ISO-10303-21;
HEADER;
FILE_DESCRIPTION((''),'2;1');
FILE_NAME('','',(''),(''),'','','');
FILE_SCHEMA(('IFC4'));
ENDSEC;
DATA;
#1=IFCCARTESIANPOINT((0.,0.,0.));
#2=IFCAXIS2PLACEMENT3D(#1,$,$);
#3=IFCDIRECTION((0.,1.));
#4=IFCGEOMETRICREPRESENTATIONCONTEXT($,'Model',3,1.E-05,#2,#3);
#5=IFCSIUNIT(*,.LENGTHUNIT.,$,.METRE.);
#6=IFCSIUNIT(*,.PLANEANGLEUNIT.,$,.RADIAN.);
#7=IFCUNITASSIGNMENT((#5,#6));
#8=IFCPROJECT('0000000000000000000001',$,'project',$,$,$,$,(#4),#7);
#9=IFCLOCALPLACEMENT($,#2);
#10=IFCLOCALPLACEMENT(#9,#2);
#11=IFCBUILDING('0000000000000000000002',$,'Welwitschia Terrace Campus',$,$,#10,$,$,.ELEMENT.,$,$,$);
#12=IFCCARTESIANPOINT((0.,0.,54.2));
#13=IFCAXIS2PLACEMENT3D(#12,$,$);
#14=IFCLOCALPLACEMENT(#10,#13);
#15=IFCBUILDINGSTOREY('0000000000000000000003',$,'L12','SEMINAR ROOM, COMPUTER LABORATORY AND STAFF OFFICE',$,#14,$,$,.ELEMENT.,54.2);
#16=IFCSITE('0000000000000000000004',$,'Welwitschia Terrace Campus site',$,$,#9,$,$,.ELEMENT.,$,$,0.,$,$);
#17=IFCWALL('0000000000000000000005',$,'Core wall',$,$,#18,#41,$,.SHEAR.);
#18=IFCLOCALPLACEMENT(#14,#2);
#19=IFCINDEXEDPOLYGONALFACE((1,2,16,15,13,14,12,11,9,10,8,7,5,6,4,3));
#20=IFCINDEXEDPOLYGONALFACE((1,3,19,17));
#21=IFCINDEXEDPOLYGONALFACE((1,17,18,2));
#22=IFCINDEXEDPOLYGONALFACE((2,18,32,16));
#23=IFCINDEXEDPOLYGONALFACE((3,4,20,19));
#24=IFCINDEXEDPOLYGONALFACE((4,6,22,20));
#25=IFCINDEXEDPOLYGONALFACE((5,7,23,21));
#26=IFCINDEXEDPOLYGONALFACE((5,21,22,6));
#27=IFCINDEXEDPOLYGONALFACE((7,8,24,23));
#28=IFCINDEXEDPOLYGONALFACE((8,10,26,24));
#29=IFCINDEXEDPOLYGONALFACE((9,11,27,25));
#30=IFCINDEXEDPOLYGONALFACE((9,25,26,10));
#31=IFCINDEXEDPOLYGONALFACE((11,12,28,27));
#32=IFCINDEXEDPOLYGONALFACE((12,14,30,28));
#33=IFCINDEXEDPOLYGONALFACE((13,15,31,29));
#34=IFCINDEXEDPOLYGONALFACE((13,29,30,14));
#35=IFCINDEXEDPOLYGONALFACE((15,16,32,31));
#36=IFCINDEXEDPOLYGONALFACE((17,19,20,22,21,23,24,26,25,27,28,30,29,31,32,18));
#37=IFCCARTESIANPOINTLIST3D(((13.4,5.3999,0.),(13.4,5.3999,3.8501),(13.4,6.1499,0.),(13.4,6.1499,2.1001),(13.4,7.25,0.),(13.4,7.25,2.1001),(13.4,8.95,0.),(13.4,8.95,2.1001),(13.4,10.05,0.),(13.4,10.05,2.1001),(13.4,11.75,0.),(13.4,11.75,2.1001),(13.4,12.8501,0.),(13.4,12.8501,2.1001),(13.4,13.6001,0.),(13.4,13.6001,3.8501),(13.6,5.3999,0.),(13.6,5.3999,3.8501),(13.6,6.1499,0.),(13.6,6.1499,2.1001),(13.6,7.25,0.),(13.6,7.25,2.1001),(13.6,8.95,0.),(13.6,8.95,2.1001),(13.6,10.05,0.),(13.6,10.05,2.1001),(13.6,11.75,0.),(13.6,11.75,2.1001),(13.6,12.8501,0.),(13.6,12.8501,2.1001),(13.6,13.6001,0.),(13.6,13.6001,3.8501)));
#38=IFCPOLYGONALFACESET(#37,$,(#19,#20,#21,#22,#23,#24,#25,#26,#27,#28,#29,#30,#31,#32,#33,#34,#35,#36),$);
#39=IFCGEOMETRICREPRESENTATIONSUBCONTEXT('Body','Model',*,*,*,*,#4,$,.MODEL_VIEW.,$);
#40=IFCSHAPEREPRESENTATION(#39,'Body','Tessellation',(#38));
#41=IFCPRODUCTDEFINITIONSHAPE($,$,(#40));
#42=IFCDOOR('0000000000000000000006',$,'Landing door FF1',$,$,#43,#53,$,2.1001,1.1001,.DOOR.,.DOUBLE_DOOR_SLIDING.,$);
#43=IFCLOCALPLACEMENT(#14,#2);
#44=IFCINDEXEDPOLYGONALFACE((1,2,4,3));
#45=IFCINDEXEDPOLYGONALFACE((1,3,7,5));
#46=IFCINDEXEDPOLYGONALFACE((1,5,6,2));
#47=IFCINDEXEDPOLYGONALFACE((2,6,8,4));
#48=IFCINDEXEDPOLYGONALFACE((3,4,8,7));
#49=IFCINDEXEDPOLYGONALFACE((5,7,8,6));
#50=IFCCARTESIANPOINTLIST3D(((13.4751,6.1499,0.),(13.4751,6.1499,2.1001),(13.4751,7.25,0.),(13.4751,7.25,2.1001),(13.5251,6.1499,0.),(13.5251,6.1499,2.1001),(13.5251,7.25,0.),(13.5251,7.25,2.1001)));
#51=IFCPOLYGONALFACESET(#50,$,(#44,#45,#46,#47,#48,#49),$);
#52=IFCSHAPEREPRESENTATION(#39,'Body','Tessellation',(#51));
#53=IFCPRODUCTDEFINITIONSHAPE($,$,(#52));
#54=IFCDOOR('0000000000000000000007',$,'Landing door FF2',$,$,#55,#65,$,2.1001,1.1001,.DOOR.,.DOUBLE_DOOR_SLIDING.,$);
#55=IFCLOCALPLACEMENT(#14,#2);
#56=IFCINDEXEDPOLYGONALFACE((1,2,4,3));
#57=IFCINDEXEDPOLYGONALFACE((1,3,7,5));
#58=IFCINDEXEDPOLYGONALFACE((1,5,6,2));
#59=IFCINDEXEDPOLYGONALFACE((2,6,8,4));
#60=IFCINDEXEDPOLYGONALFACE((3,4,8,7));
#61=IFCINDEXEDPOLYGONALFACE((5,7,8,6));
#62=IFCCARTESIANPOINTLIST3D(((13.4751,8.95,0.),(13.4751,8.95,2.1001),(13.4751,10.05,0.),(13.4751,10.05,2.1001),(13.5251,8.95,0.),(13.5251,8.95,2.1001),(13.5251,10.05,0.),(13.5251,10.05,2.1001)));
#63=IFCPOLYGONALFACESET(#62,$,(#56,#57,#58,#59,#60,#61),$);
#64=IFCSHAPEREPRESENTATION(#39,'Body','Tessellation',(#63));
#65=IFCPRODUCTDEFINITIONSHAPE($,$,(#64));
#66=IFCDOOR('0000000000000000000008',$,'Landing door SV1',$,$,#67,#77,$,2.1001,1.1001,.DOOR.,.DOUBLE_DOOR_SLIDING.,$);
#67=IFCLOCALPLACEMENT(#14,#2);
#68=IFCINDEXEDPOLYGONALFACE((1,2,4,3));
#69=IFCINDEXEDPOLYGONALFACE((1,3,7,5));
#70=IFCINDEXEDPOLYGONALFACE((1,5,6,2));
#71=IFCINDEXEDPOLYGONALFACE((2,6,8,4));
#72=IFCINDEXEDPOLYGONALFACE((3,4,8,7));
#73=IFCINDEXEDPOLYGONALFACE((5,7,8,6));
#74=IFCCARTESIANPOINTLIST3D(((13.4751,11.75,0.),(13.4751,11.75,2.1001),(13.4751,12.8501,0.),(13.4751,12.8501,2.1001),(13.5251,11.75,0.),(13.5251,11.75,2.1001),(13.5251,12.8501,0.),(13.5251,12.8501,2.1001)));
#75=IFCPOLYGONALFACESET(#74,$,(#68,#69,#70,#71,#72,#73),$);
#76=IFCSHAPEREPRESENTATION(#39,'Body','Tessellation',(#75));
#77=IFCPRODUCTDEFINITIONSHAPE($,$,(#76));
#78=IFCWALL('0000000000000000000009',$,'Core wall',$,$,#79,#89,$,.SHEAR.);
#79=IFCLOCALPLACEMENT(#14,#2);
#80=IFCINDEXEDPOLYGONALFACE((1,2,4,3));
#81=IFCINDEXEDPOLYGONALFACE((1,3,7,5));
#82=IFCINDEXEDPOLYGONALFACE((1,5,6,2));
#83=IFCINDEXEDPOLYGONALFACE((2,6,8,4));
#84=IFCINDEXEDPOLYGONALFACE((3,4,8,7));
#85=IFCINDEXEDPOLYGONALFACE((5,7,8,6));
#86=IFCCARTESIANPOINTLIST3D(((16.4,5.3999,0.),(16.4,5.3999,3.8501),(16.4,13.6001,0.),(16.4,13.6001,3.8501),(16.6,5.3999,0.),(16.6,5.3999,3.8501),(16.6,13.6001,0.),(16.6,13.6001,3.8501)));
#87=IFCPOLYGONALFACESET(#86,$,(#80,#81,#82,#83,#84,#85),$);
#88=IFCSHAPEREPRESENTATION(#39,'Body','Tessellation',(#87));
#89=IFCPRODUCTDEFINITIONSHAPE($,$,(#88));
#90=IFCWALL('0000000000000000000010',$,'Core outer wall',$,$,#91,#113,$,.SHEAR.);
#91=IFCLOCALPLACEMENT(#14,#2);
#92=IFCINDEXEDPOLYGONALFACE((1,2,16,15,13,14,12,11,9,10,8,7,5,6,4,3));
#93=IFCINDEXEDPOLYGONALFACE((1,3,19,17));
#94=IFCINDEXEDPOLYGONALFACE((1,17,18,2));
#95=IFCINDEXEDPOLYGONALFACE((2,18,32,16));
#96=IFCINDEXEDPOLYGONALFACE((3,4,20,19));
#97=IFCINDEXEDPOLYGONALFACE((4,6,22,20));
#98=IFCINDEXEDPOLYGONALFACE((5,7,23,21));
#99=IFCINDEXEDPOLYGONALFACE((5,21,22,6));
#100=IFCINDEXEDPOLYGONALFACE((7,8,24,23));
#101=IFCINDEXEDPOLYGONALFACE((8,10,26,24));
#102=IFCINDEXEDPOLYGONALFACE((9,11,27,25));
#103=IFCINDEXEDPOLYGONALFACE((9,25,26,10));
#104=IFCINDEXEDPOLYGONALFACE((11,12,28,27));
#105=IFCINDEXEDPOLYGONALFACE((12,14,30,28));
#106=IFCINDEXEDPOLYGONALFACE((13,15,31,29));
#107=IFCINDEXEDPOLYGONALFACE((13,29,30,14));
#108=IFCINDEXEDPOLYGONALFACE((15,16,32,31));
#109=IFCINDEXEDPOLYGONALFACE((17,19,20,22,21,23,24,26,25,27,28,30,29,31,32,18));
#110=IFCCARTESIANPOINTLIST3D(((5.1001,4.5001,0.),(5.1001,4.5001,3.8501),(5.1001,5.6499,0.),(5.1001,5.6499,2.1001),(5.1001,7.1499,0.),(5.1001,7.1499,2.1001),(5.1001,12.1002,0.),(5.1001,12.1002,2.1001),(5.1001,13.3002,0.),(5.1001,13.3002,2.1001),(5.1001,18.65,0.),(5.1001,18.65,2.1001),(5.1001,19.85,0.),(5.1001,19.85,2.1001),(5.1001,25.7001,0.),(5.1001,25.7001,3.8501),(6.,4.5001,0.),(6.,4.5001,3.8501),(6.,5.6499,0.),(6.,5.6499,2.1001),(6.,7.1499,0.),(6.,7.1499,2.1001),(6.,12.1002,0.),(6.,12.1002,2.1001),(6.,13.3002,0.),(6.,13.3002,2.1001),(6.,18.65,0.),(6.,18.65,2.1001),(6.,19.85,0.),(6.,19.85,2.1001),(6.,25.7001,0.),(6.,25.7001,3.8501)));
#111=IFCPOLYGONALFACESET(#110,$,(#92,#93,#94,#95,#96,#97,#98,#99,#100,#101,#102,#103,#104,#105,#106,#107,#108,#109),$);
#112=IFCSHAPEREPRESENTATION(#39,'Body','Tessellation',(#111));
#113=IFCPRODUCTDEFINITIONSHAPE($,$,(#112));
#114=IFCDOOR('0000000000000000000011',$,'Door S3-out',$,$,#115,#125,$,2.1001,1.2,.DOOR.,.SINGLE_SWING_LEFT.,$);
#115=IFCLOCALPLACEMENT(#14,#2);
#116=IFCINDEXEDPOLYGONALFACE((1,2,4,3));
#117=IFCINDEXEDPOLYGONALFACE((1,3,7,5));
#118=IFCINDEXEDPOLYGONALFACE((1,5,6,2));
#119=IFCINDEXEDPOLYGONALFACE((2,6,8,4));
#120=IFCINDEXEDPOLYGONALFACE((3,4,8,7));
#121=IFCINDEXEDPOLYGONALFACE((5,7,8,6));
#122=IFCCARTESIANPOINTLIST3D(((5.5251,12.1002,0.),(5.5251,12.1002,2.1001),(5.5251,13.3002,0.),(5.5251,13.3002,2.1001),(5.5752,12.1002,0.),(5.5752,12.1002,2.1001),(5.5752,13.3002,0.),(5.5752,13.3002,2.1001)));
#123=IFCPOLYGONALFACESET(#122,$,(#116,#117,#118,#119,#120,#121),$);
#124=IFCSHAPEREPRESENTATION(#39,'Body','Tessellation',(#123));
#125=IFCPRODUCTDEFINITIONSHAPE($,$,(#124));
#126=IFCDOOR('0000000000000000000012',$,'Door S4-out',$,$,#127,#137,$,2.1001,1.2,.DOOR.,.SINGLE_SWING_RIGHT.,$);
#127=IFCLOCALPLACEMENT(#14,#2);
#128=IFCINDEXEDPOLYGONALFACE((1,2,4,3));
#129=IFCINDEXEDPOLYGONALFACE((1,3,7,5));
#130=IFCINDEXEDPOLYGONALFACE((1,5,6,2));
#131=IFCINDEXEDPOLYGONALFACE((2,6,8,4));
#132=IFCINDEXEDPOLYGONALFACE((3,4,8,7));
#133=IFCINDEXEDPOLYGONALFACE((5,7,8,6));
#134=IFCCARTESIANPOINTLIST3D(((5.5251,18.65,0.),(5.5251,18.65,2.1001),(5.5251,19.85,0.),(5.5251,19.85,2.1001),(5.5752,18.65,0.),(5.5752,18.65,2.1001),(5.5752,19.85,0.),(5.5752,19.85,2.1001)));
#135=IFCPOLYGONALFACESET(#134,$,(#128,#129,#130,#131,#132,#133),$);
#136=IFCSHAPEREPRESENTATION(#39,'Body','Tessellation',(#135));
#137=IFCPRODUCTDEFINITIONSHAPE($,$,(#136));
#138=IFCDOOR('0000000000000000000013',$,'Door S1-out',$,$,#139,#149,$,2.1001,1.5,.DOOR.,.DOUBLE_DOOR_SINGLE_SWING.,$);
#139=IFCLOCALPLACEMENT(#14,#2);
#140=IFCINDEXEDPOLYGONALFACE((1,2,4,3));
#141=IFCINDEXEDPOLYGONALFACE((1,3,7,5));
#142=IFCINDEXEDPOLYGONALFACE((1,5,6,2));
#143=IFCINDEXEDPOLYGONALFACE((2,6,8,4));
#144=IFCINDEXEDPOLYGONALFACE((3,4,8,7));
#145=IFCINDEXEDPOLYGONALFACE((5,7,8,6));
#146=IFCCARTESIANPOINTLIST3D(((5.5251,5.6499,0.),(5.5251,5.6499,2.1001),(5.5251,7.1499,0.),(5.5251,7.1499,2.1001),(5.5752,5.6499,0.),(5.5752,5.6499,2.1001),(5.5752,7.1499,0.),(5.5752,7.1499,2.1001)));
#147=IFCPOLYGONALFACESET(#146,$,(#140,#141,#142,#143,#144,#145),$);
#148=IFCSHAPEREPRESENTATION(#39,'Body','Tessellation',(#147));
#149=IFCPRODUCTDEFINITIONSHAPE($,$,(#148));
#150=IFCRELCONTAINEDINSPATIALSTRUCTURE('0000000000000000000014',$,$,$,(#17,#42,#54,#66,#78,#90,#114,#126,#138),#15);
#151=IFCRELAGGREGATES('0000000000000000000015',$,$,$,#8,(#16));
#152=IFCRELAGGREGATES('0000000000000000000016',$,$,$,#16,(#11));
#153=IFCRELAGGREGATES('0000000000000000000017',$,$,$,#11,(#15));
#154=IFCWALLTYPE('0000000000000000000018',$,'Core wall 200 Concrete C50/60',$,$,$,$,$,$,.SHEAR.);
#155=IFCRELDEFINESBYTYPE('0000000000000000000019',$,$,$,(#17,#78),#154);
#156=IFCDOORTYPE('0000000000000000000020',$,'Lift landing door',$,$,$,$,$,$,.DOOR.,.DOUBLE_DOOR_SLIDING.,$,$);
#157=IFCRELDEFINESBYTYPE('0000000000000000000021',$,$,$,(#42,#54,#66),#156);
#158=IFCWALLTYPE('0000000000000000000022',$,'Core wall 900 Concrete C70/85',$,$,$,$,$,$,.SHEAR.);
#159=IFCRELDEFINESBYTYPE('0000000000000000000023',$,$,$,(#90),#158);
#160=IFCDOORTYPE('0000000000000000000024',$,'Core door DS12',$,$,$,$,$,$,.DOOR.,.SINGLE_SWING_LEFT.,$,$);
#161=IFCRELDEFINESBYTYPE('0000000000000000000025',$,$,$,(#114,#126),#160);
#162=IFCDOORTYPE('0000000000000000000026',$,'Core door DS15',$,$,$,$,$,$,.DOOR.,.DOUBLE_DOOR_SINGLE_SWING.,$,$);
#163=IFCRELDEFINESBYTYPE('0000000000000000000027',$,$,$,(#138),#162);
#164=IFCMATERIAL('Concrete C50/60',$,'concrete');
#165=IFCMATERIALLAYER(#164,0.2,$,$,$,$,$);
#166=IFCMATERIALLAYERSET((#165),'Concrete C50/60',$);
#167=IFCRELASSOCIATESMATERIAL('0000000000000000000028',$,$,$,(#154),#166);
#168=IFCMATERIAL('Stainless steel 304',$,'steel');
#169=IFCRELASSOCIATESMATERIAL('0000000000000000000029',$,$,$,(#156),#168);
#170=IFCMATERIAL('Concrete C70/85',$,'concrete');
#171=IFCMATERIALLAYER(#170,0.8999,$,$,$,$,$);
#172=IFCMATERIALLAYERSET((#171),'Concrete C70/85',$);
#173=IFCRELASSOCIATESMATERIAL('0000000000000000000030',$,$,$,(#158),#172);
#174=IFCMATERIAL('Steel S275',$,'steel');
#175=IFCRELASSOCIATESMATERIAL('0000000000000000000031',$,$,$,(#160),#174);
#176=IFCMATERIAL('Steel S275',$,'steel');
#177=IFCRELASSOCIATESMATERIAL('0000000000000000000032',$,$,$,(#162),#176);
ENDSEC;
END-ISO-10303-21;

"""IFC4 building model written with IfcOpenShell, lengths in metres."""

from ifc_helpers import new_model, si_unit, direction, frame, frame_2d, origin, place, context, subcontext, project, spatial, rectangle, extrude, material, layer, layer_set, type_object, element, fill, save


model = new_model("IFC4")

# Units and contexts
model_context = context("Model", 3, precision=1e-05, world=origin(), true_north=direction((0.0, 1.0)))
body_context = subcontext(model_context, "Body", "Model", "MODEL_VIEW")
ifc_project = project(units=[si_unit("LENGTHUNIT", "METRE"), si_unit("PLANEANGLEUNIT", "RADIAN")], contexts=[model_context])

# Site, building, storey
site_placement = place(None, origin())
site = spatial("IfcSite", under=ifc_project, at=site_placement, Name="Welwitschia Terrace Campus site", CompositionType="ELEMENT", RefElevation=0.0)
building_placement = place(site_placement, origin())
building = spatial("IfcBuilding", under=site, at=building_placement, Name="Welwitschia Terrace Campus", CompositionType="ELEMENT")
storey_placement = place(building_placement, frame((0.0, 0.0, 54.2)))
storey = spatial("IfcBuildingStorey", under=building, at=storey_placement, Name="L12", Description="SEMINAR ROOM, COMPUTER LABORATORY AND STAFF OFFICE", CompositionType="ELEMENT", Elevation=54.2)

# Wall, openings, doors
ifc_material_1 = material(Name="Concrete C50/60", Category="concrete")
ifc_layer_1 = layer(ifc_material_1, 0.2)
ifc_layer_set_1 = layer_set([ifc_layer_1], Name="Concrete C50/60")
wall_type_1 = type_object("IfcWallType", Name="Core wall 200 Concrete C50/60", PredefinedType="SHEAR", material=ifc_layer_set_1)
wall_1_placement = place(storey_placement, frame((13.5, 5.3999, 0.0), z_axis=(0.0, 0.0, 1.0), x_axis=(0.0, 1.0, 0.0)))
wall_1 = element("IfcWall", 1, at=wall_1_placement, inside=storey, type_object=wall_type_1, Name="Core wall", PredefinedType="SHEAR", context=body_context, shape_type="SweptSolid", body=[
    extrude(rectangle(XDim=8.2002, YDim=0.2, at=frame_2d((4.1001, 0.0))), origin(), (0.0, 0.0, 1.0), 3.8501),
])
opening_1_placement = place(wall_1_placement, frame((0.75, 0.0, 0.0)))
opening_1 = element("IfcOpeningElement", 2, at=opening_1_placement, cuts=wall_1, PredefinedType="OPENING", context=body_context, shape_type="SweptSolid", body=[
    extrude(rectangle(XDim=1.1001, YDim=2.1001, at=frame_2d((0.55, 1.05))), frame((0.0, 0.1099, 0.0), z_axis=(0.0, -1.0, 0.0), x_axis=(1.0, 0.0, 0.0)), (0.0, 0.0, 1.0), 0.22),
])
opening_2_placement = place(wall_1_placement, frame((3.55, 0.0, 0.0)))
opening_2 = element("IfcOpeningElement", 3, at=opening_2_placement, cuts=wall_1, PredefinedType="OPENING", context=body_context, shape_type="SweptSolid", body=[
    extrude(rectangle(XDim=1.1001, YDim=2.1001, at=frame_2d((0.55, 1.05))), frame((0.0, 0.1099, 0.0), z_axis=(0.0, -1.0, 0.0), x_axis=(1.0, 0.0, 0.0)), (0.0, 0.0, 1.0), 0.22),
])
opening_3_placement = place(wall_1_placement, frame((6.3501, 0.0, 0.0)))
opening_3 = element("IfcOpeningElement", 4, at=opening_3_placement, cuts=wall_1, PredefinedType="OPENING", context=body_context, shape_type="SweptSolid", body=[
    extrude(rectangle(XDim=1.1001, YDim=2.1001, at=frame_2d((0.55, 1.05))), frame((0.0, 0.1099, 0.0), z_axis=(0.0, -1.0, 0.0), x_axis=(1.0, 0.0, 0.0)), (0.0, 0.0, 1.0), 0.22),
])
ifc_material_2 = material(Name="Stainless steel 304", Category="steel")
door_type_1 = type_object("IfcDoorType", Name="Lift landing door", OperationType="DOUBLE_DOOR_SLIDING", PredefinedType="DOOR", material=ifc_material_2)
door_1_placement = place(opening_1_placement, origin())
door_1 = element("IfcDoor", 5, at=door_1_placement, inside=storey, type_object=door_type_1, Name="Landing door FF1", OperationType="DOUBLE_DOOR_SLIDING", OverallHeight=2.1001, OverallWidth=1.1001, PredefinedType="DOOR", context=body_context, shape_type="SweptSolid", body=[
    extrude(rectangle(XDim=1.1001, YDim=2.1001, at=frame_2d((0.55, 1.05))), frame((0.0, 0.0249, 0.0), z_axis=(0.0, -1.0, 0.0), x_axis=(1.0, 0.0, 0.0)), (0.0, 0.0, 1.0), 0.05),
])
fill(opening_1, door_1)
door_2_placement = place(opening_2_placement, origin())
door_2 = element("IfcDoor", 6, at=door_2_placement, inside=storey, type_object=door_type_1, Name="Landing door FF2", OperationType="DOUBLE_DOOR_SLIDING", OverallHeight=2.1001, OverallWidth=1.1001, PredefinedType="DOOR", context=body_context, shape_type="SweptSolid", body=[
    extrude(rectangle(XDim=1.1001, YDim=2.1001, at=frame_2d((0.55, 1.05))), frame((0.0, 0.0249, 0.0), z_axis=(0.0, -1.0, 0.0), x_axis=(1.0, 0.0, 0.0)), (0.0, 0.0, 1.0), 0.05),
])
fill(opening_2, door_2)
door_3_placement = place(opening_3_placement, origin())
door_3 = element("IfcDoor", 7, at=door_3_placement, inside=storey, type_object=door_type_1, Name="Landing door SV1", OperationType="DOUBLE_DOOR_SLIDING", OverallHeight=2.1001, OverallWidth=1.1001, PredefinedType="DOOR", context=body_context, shape_type="SweptSolid", body=[
    extrude(rectangle(XDim=1.1001, YDim=2.1001, at=frame_2d((0.55, 1.05))), frame((0.0, 0.0249, 0.0), z_axis=(0.0, -1.0, 0.0), x_axis=(1.0, 0.0, 0.0)), (0.0, 0.0, 1.0), 0.05),
])
fill(opening_3, door_3)

# Wall
wall_2_placement = place(storey_placement, frame((16.5, 5.3999, 0.0), z_axis=(0.0, 0.0, 1.0), x_axis=(0.0, 1.0, 0.0)))
element("IfcWall", 8, at=wall_2_placement, inside=storey, type_object=wall_type_1, Name="Core wall", PredefinedType="SHEAR", context=body_context, shape_type="SweptSolid", body=[
    extrude(rectangle(XDim=8.2002, YDim=0.2, at=frame_2d((4.1001, 0.0))), origin(), (0.0, 0.0, 1.0), 3.8501),
])

# Wall, openings, doors
ifc_material_3 = material(Name="Concrete C70/85", Category="concrete")
ifc_layer_2 = layer(ifc_material_3, 0.8999)
ifc_layer_set_2 = layer_set([ifc_layer_2], Name="Concrete C70/85")
wall_type_2 = type_object("IfcWallType", Name="Core wall 900 Concrete C70/85", PredefinedType="SHEAR", material=ifc_layer_set_2)
wall_3_placement = place(storey_placement, frame((5.55, 4.5, 0.0), z_axis=(0.0, 0.0, 1.0), x_axis=(0.0, 1.0, 0.0)))
wall_3 = element("IfcWall", 9, at=wall_3_placement, inside=storey, type_object=wall_type_2, Name="Core outer wall", PredefinedType="SHEAR", context=body_context, shape_type="SweptSolid", body=[
    extrude(rectangle(XDim=21.2, YDim=0.8999, at=frame_2d((10.6001, 0.0))), origin(), (0.0, 0.0, 1.0), 3.8501),
])
opening_4_placement = place(wall_3_placement, frame((1.1499, 0.0, 0.0)))
opening_4 = element("IfcOpeningElement", 10, at=opening_4_placement, cuts=wall_3, PredefinedType="OPENING", context=body_context, shape_type="SweptSolid", body=[
    extrude(rectangle(XDim=1.5, YDim=2.1001, at=frame_2d((0.75, 1.05))), frame((0.0, 0.46, 0.0), z_axis=(0.0, -1.0, 0.0), x_axis=(1.0, 0.0, 0.0)), (0.0, 0.0, 1.0), 0.9199),
])
opening_5_placement = place(wall_3_placement, frame((7.6001, 0.0, 0.0)))
opening_5 = element("IfcOpeningElement", 11, at=opening_5_placement, cuts=wall_3, PredefinedType="OPENING", context=body_context, shape_type="SweptSolid", body=[
    extrude(rectangle(XDim=1.2, YDim=2.1001, at=frame_2d((0.6001, 1.05))), frame((0.0, 0.46, 0.0), z_axis=(0.0, -1.0, 0.0), x_axis=(1.0, 0.0, 0.0)), (0.0, 0.0, 1.0), 0.9199),
])
opening_6_placement = place(wall_3_placement, frame((14.1499, 0.0, 0.0)))
opening_6 = element("IfcOpeningElement", 12, at=opening_6_placement, cuts=wall_3, PredefinedType="OPENING", context=body_context, shape_type="SweptSolid", body=[
    extrude(rectangle(XDim=1.2, YDim=2.1001, at=frame_2d((0.6001, 1.05))), frame((0.0, 0.46, 0.0), z_axis=(0.0, -1.0, 0.0), x_axis=(1.0, 0.0, 0.0)), (0.0, 0.0, 1.0), 0.9199),
])
ifc_material_4 = material(Name="Steel S275", Category="steel")
door_type_2 = type_object("IfcDoorType", Name="Core door DS12", OperationType="SINGLE_SWING_LEFT", PredefinedType="DOOR", material=ifc_material_4)
door_4_placement = place(opening_5_placement, origin())
door_4 = element("IfcDoor", 13, at=door_4_placement, inside=storey, type_object=door_type_2, Name="Door S3-out", OperationType="SINGLE_SWING_LEFT", OverallHeight=2.1001, OverallWidth=1.2, PredefinedType="DOOR", context=body_context, shape_type="SweptSolid", body=[
    extrude(rectangle(XDim=1.2, YDim=2.1001, at=frame_2d((0.6001, 1.05))), frame((0.0, 0.0249, 0.0), z_axis=(0.0, -1.0, 0.0), x_axis=(1.0, 0.0, 0.0)), (0.0, 0.0, 1.0), 0.05),
])
fill(opening_5, door_4)
door_5_placement = place(opening_6_placement, origin())
door_5 = element("IfcDoor", 14, at=door_5_placement, inside=storey, type_object=door_type_2, Name="Door S4-out", OperationType="SINGLE_SWING_RIGHT", OverallHeight=2.1001, OverallWidth=1.2, PredefinedType="DOOR", context=body_context, shape_type="SweptSolid", body=[
    extrude(rectangle(XDim=1.2, YDim=2.1001, at=frame_2d((0.6001, 1.05))), frame((0.0, 0.0249, 0.0), z_axis=(0.0, -1.0, 0.0), x_axis=(1.0, 0.0, 0.0)), (0.0, 0.0, 1.0), 0.05),
])
fill(opening_6, door_5)
ifc_material_5 = material(Name="Steel S275", Category="steel")
door_type_3 = type_object("IfcDoorType", Name="Core door DS15", OperationType="DOUBLE_DOOR_SINGLE_SWING", PredefinedType="DOOR", material=ifc_material_5)
door_6_placement = place(opening_4_placement, origin())
door_6 = element("IfcDoor", 15, at=door_6_placement, inside=storey, type_object=door_type_3, Name="Door S1-out", OperationType="DOUBLE_DOOR_SINGLE_SWING", OverallHeight=2.1001, OverallWidth=1.5, PredefinedType="DOOR", context=body_context, shape_type="SweptSolid", body=[
    extrude(rectangle(XDim=1.5, YDim=2.1001, at=frame_2d((0.75, 1.05))), frame((0.0, 0.0249, 0.0), z_axis=(0.0, -1.0, 0.0), x_axis=(1.0, 0.0, 0.0)), (0.0, 0.0, 1.0), 0.05),
])
fill(opening_4, door_6)

save(model, "model.ifc")
